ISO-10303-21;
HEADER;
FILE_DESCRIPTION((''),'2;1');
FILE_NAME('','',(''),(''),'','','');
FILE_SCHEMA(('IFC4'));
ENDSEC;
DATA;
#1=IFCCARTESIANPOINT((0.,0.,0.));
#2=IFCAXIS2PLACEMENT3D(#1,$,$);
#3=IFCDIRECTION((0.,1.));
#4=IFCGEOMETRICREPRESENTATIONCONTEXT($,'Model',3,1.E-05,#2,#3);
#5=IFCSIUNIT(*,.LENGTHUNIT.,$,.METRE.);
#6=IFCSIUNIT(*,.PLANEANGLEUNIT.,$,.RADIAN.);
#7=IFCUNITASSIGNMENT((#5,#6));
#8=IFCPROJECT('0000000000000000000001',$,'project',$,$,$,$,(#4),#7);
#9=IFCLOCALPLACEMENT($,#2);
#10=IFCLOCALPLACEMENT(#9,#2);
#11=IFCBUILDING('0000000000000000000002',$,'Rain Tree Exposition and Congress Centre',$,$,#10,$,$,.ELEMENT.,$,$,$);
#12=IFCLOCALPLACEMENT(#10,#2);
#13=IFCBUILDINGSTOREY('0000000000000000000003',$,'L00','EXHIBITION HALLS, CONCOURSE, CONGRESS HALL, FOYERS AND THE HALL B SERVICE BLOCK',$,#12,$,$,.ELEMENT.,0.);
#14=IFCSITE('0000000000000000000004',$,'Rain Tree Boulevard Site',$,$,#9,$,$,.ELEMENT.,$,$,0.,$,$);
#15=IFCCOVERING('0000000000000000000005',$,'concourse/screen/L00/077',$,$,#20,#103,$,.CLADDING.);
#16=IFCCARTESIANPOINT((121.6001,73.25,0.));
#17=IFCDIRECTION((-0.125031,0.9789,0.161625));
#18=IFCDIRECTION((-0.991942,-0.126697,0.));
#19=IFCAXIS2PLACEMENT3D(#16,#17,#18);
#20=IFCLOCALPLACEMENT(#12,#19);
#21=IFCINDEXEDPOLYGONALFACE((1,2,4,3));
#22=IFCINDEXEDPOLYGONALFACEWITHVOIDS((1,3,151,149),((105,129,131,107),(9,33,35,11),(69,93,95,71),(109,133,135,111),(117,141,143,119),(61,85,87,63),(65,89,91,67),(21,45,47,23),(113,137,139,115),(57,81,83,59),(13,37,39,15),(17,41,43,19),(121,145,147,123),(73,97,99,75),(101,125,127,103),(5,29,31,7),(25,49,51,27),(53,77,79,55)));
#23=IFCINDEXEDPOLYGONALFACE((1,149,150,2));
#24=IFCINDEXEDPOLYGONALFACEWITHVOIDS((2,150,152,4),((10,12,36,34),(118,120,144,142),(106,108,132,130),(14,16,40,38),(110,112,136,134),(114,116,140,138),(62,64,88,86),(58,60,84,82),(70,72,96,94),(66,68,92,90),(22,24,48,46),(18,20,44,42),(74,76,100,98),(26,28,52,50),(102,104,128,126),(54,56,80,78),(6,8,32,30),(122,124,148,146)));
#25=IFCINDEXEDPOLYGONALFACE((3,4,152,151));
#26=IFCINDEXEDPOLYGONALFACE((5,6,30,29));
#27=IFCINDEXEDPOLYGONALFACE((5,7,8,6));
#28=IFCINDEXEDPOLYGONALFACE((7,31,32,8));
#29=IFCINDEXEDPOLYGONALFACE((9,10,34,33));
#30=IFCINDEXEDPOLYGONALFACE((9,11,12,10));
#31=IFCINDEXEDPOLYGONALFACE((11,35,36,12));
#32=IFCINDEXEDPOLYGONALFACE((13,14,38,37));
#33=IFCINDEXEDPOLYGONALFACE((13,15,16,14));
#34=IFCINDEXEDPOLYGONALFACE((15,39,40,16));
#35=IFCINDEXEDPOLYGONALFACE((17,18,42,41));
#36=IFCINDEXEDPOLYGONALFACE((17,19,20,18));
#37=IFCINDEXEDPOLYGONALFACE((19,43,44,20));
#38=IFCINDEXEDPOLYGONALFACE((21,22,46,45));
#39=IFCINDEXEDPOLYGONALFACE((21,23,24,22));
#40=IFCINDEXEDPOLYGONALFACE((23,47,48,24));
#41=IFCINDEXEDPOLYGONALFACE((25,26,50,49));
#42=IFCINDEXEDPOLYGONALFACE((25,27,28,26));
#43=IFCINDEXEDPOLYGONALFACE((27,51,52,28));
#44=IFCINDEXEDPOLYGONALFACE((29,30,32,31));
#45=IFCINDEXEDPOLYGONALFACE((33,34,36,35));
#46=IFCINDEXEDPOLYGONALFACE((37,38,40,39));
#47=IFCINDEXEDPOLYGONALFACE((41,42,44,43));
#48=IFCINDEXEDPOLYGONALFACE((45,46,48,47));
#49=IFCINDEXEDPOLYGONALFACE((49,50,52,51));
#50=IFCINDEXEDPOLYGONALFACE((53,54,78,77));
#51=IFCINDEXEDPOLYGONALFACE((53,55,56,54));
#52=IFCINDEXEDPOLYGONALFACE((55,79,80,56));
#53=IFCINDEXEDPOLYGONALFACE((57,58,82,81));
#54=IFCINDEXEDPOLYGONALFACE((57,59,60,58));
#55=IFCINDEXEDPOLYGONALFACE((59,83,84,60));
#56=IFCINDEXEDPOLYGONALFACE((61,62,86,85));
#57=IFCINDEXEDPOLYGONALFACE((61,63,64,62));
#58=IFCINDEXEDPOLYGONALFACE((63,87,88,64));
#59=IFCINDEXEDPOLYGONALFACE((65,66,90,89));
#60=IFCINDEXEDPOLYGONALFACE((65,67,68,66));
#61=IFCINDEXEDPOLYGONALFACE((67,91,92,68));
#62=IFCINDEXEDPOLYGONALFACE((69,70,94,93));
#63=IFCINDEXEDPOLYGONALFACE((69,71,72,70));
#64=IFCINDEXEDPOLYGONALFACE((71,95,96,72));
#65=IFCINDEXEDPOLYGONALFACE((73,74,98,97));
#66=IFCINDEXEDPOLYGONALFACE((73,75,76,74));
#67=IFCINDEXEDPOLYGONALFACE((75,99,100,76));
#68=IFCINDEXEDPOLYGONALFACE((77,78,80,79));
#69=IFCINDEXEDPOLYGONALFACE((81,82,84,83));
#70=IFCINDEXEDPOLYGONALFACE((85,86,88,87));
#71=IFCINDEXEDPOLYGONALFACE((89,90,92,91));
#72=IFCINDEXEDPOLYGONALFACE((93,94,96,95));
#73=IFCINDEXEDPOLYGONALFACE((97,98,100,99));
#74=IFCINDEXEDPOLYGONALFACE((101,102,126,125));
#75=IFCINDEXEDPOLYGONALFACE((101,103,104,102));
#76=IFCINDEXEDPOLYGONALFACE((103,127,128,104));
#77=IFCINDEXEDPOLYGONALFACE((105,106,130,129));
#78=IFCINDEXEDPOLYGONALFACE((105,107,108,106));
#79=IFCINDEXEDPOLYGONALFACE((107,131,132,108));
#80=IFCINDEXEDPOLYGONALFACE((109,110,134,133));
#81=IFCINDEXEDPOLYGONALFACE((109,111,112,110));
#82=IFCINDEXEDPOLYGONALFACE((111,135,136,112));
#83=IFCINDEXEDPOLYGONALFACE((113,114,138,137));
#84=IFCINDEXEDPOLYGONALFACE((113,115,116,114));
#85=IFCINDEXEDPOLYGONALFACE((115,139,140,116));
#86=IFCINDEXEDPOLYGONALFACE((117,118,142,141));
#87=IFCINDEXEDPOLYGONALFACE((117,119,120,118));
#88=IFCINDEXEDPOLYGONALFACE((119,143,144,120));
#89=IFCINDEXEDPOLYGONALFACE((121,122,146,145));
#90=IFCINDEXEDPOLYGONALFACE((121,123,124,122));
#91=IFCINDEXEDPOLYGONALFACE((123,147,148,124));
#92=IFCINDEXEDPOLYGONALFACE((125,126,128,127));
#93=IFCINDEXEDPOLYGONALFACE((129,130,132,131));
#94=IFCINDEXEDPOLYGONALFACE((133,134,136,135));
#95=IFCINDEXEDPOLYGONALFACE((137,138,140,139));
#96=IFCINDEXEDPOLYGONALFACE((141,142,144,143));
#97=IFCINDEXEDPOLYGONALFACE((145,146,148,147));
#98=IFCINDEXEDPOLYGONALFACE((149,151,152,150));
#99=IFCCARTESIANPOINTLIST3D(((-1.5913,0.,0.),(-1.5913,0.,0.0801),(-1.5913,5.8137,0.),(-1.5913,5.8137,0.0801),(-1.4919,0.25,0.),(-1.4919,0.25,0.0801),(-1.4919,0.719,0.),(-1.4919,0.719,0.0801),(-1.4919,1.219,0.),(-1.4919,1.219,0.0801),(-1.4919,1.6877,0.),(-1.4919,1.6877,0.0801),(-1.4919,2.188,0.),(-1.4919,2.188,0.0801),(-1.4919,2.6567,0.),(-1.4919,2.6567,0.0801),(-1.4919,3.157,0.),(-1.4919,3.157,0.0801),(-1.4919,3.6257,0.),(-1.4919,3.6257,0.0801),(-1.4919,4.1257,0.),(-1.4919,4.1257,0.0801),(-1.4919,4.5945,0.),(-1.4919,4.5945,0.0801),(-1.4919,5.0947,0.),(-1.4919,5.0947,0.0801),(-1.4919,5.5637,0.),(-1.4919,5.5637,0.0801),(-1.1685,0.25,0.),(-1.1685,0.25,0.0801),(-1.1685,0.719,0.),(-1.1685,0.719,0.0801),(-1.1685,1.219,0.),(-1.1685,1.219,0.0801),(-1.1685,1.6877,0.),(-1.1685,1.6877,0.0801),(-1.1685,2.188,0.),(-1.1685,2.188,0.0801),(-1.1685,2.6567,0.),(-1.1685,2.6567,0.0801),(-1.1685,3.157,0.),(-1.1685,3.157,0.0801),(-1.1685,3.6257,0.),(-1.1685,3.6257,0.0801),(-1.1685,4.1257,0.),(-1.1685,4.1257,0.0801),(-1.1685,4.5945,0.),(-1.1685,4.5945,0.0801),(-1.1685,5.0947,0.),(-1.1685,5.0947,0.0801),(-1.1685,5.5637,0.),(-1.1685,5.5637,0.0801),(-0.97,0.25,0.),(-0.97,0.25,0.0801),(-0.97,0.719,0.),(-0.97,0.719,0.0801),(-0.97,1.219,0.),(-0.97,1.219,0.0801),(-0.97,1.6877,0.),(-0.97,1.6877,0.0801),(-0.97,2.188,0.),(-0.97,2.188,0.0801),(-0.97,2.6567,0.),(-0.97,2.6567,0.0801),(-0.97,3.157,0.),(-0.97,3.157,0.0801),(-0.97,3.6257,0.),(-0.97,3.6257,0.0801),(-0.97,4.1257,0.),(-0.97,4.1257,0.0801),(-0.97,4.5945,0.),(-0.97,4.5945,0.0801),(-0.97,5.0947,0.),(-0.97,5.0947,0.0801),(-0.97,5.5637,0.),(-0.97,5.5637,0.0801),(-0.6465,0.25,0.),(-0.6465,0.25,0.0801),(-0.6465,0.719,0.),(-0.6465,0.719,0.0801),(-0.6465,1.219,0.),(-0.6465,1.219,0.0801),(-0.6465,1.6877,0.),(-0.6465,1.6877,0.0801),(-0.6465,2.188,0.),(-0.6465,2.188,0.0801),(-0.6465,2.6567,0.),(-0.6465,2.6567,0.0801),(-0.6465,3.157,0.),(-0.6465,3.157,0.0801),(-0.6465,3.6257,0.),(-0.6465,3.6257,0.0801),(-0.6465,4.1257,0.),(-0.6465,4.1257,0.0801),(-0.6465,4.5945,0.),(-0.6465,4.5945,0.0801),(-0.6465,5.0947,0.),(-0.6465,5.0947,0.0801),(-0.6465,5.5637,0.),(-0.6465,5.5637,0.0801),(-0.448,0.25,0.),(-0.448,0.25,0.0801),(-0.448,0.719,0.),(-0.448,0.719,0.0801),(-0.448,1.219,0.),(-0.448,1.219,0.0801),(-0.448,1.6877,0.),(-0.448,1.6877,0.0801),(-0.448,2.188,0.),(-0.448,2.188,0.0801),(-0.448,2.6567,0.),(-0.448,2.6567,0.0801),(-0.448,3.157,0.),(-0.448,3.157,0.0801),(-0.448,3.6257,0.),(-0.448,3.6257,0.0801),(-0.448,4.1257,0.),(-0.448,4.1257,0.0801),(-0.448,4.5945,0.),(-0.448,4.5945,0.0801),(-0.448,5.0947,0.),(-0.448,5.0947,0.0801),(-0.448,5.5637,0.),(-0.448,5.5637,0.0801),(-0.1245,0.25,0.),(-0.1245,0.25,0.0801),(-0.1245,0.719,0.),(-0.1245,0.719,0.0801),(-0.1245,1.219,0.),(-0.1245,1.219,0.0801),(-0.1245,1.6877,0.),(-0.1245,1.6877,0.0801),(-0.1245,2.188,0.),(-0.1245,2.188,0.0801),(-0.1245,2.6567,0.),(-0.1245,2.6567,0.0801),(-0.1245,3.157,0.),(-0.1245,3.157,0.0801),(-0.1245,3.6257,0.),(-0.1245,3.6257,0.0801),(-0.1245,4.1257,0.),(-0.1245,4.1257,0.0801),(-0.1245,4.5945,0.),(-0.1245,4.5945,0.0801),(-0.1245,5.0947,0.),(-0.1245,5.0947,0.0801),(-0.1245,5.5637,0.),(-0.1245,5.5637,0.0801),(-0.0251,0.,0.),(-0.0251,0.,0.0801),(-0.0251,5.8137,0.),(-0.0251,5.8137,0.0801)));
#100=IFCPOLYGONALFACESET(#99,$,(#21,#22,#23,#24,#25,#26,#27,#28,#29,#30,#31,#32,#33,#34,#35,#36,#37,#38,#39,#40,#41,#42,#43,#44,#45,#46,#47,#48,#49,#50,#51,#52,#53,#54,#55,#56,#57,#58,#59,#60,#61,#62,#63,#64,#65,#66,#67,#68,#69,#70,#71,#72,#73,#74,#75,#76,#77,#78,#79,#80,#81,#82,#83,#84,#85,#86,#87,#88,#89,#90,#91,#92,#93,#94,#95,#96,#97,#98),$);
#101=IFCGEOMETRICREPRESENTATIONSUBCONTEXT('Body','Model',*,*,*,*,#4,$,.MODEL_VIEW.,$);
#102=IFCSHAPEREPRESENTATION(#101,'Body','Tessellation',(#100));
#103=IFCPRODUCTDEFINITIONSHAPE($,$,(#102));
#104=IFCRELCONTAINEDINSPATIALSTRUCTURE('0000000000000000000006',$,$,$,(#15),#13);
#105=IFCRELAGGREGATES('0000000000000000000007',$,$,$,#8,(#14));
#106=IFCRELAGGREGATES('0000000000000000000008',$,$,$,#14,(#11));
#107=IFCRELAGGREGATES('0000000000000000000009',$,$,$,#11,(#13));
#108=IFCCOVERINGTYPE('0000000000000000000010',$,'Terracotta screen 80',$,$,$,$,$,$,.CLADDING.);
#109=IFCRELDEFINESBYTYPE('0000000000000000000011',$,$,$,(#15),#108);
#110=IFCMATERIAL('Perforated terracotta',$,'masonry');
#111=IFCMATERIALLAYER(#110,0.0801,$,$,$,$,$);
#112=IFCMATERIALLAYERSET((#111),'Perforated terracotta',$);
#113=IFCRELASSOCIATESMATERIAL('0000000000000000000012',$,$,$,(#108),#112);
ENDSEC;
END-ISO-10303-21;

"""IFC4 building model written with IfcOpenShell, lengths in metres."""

from ifc_helpers import new_model, si_unit, direction, frame, origin, place, context, subcontext, project, spatial, polyline, outline, extrude, material, layer, layer_set, type_object, element, save


model = new_model("IFC4")

# Units and contexts
model_context = context("Model", 3, precision=1e-05, world=origin(), true_north=direction((0.0, 1.0)))
body_context = subcontext(model_context, "Body", "Model", "MODEL_VIEW")
ifc_project = project(units=[si_unit("LENGTHUNIT", "METRE"), si_unit("PLANEANGLEUNIT", "RADIAN")], contexts=[model_context])

# Site, building, storey
site_placement = place(None, origin())
site = spatial("IfcSite", under=ifc_project, at=site_placement, Name="Rain Tree Boulevard Site", CompositionType="ELEMENT", RefElevation=0.0)
building_placement = place(site_placement, origin())
building = spatial("IfcBuilding", under=site, at=building_placement, Name="Rain Tree Exposition and Congress Centre", CompositionType="ELEMENT")
storey_placement = place(building_placement, origin())
storey = spatial("IfcBuildingStorey", under=building, at=storey_placement, Name="L00", Description="EXHIBITION HALLS, CONCOURSE, CONGRESS HALL, FOYERS AND THE HALL B SERVICE BLOCK", CompositionType="ELEMENT", Elevation=0.0)

# Covering
ifc_material_1 = material(Name="Perforated terracotta", Category="masonry")
ifc_layer_1 = layer(ifc_material_1, 0.0801)
ifc_layer_set_1 = layer_set([ifc_layer_1], Name="Perforated terracotta")
covering_type = type_object("IfcCoveringType", Name="Terracotta screen 80", PredefinedType="CLADDING", material=ifc_layer_set_1)
covering_1_placement = place(storey_placement, frame((121.6001, 73.25, 0.0), z_axis=(-0.125031, 0.9789, 0.161625), x_axis=(-0.991942, -0.126697, 0.0)))
element("IfcCovering", 1, at=covering_1_placement, inside=storey, type_object=covering_type, Name="concourse/screen/L00/077", PredefinedType="CLADDING", context=body_context, shape_type="SweptSolid", body=[
    extrude(outline(polyline([(-0.0251, 0.0), (-1.5913, 0.0), (-1.5913, 5.8137), (-0.0251, 5.8137), (-0.0251, 0.0)]), holes=[polyline([(-0.1245, 0.25), (-0.1245, 0.719), (-0.448, 0.719), (-0.448, 0.25), (-0.1245, 0.25)]), polyline([(-0.1245, 1.219), (-0.1245, 1.6877), (-0.448, 1.6877), (-0.448, 1.219), (-0.1245, 1.219)]), polyline([(-0.1245, 2.188), (-0.1245, 2.6567), (-0.448, 2.6567), (-0.448, 2.188), (-0.1245, 2.188)]), polyline([(-0.1245, 3.157), (-0.1245, 3.6257), (-0.448, 3.6257), (-0.448, 3.157), (-0.1245, 3.157)]), polyline([(-0.1245, 4.1257), (-0.1245, 4.5945), (-0.448, 4.5945), (-0.448, 4.1257), (-0.1245, 4.1257)]), polyline([(-0.1245, 5.0947), (-0.1245, 5.5637), (-0.448, 5.5637), (-0.448, 5.0947), (-0.1245, 5.0947)]), polyline([(-0.6465, 0.25), (-0.6465, 0.719), (-0.97, 0.719), (-0.97, 0.25), (-0.6465, 0.25)]), polyline([(-0.6465, 1.219), (-0.6465, 1.6877), (-0.97, 1.6877), (-0.97, 1.219), (-0.6465, 1.219)]), polyline([(-0.6465, 2.188), (-0.6465, 2.6567), (-0.97, 2.6567), (-0.97, 2.188), (-0.6465, 2.188)]), polyline([(-0.6465, 3.157), (-0.6465, 3.6257), (-0.97, 3.6257), (-0.97, 3.157), (-0.6465, 3.157)]), polyline([(-0.6465, 4.1257), (-0.6465, 4.5945), (-0.97, 4.5945), (-0.97, 4.1257), (-0.6465, 4.1257)]), polyline([(-0.6465, 5.0947), (-0.6465, 5.5637), (-0.97, 5.5637), (-0.97, 5.0947), (-0.6465, 5.0947)]), polyline([(-1.1685, 0.25), (-1.1685, 0.719), (-1.4919, 0.719), (-1.4919, 0.25), (-1.1685, 0.25)]), polyline([(-1.1685, 1.219), (-1.1685, 1.6877), (-1.4919, 1.6877), (-1.4919, 1.219), (-1.1685, 1.219)]), polyline([(-1.1685, 2.188), (-1.1685, 2.6567), (-1.4919, 2.6567), (-1.4919, 2.188), (-1.1685, 2.188)]), polyline([(-1.1685, 3.157), (-1.1685, 3.6257), (-1.4919, 3.6257), (-1.4919, 3.157), (-1.1685, 3.157)]), polyline([(-1.1685, 4.1257), (-1.1685, 4.5945), (-1.4919, 4.5945), (-1.4919, 4.1257), (-1.1685, 4.1257)]), polyline([(-1.1685, 5.0947), (-1.1685, 5.5637), (-1.4919, 5.5637), (-1.4919, 5.0947), (-1.1685, 5.0947)])]), origin(), (0.0, 0.0, 1.0), 0.0801),
])

save(model, "model.ifc")
